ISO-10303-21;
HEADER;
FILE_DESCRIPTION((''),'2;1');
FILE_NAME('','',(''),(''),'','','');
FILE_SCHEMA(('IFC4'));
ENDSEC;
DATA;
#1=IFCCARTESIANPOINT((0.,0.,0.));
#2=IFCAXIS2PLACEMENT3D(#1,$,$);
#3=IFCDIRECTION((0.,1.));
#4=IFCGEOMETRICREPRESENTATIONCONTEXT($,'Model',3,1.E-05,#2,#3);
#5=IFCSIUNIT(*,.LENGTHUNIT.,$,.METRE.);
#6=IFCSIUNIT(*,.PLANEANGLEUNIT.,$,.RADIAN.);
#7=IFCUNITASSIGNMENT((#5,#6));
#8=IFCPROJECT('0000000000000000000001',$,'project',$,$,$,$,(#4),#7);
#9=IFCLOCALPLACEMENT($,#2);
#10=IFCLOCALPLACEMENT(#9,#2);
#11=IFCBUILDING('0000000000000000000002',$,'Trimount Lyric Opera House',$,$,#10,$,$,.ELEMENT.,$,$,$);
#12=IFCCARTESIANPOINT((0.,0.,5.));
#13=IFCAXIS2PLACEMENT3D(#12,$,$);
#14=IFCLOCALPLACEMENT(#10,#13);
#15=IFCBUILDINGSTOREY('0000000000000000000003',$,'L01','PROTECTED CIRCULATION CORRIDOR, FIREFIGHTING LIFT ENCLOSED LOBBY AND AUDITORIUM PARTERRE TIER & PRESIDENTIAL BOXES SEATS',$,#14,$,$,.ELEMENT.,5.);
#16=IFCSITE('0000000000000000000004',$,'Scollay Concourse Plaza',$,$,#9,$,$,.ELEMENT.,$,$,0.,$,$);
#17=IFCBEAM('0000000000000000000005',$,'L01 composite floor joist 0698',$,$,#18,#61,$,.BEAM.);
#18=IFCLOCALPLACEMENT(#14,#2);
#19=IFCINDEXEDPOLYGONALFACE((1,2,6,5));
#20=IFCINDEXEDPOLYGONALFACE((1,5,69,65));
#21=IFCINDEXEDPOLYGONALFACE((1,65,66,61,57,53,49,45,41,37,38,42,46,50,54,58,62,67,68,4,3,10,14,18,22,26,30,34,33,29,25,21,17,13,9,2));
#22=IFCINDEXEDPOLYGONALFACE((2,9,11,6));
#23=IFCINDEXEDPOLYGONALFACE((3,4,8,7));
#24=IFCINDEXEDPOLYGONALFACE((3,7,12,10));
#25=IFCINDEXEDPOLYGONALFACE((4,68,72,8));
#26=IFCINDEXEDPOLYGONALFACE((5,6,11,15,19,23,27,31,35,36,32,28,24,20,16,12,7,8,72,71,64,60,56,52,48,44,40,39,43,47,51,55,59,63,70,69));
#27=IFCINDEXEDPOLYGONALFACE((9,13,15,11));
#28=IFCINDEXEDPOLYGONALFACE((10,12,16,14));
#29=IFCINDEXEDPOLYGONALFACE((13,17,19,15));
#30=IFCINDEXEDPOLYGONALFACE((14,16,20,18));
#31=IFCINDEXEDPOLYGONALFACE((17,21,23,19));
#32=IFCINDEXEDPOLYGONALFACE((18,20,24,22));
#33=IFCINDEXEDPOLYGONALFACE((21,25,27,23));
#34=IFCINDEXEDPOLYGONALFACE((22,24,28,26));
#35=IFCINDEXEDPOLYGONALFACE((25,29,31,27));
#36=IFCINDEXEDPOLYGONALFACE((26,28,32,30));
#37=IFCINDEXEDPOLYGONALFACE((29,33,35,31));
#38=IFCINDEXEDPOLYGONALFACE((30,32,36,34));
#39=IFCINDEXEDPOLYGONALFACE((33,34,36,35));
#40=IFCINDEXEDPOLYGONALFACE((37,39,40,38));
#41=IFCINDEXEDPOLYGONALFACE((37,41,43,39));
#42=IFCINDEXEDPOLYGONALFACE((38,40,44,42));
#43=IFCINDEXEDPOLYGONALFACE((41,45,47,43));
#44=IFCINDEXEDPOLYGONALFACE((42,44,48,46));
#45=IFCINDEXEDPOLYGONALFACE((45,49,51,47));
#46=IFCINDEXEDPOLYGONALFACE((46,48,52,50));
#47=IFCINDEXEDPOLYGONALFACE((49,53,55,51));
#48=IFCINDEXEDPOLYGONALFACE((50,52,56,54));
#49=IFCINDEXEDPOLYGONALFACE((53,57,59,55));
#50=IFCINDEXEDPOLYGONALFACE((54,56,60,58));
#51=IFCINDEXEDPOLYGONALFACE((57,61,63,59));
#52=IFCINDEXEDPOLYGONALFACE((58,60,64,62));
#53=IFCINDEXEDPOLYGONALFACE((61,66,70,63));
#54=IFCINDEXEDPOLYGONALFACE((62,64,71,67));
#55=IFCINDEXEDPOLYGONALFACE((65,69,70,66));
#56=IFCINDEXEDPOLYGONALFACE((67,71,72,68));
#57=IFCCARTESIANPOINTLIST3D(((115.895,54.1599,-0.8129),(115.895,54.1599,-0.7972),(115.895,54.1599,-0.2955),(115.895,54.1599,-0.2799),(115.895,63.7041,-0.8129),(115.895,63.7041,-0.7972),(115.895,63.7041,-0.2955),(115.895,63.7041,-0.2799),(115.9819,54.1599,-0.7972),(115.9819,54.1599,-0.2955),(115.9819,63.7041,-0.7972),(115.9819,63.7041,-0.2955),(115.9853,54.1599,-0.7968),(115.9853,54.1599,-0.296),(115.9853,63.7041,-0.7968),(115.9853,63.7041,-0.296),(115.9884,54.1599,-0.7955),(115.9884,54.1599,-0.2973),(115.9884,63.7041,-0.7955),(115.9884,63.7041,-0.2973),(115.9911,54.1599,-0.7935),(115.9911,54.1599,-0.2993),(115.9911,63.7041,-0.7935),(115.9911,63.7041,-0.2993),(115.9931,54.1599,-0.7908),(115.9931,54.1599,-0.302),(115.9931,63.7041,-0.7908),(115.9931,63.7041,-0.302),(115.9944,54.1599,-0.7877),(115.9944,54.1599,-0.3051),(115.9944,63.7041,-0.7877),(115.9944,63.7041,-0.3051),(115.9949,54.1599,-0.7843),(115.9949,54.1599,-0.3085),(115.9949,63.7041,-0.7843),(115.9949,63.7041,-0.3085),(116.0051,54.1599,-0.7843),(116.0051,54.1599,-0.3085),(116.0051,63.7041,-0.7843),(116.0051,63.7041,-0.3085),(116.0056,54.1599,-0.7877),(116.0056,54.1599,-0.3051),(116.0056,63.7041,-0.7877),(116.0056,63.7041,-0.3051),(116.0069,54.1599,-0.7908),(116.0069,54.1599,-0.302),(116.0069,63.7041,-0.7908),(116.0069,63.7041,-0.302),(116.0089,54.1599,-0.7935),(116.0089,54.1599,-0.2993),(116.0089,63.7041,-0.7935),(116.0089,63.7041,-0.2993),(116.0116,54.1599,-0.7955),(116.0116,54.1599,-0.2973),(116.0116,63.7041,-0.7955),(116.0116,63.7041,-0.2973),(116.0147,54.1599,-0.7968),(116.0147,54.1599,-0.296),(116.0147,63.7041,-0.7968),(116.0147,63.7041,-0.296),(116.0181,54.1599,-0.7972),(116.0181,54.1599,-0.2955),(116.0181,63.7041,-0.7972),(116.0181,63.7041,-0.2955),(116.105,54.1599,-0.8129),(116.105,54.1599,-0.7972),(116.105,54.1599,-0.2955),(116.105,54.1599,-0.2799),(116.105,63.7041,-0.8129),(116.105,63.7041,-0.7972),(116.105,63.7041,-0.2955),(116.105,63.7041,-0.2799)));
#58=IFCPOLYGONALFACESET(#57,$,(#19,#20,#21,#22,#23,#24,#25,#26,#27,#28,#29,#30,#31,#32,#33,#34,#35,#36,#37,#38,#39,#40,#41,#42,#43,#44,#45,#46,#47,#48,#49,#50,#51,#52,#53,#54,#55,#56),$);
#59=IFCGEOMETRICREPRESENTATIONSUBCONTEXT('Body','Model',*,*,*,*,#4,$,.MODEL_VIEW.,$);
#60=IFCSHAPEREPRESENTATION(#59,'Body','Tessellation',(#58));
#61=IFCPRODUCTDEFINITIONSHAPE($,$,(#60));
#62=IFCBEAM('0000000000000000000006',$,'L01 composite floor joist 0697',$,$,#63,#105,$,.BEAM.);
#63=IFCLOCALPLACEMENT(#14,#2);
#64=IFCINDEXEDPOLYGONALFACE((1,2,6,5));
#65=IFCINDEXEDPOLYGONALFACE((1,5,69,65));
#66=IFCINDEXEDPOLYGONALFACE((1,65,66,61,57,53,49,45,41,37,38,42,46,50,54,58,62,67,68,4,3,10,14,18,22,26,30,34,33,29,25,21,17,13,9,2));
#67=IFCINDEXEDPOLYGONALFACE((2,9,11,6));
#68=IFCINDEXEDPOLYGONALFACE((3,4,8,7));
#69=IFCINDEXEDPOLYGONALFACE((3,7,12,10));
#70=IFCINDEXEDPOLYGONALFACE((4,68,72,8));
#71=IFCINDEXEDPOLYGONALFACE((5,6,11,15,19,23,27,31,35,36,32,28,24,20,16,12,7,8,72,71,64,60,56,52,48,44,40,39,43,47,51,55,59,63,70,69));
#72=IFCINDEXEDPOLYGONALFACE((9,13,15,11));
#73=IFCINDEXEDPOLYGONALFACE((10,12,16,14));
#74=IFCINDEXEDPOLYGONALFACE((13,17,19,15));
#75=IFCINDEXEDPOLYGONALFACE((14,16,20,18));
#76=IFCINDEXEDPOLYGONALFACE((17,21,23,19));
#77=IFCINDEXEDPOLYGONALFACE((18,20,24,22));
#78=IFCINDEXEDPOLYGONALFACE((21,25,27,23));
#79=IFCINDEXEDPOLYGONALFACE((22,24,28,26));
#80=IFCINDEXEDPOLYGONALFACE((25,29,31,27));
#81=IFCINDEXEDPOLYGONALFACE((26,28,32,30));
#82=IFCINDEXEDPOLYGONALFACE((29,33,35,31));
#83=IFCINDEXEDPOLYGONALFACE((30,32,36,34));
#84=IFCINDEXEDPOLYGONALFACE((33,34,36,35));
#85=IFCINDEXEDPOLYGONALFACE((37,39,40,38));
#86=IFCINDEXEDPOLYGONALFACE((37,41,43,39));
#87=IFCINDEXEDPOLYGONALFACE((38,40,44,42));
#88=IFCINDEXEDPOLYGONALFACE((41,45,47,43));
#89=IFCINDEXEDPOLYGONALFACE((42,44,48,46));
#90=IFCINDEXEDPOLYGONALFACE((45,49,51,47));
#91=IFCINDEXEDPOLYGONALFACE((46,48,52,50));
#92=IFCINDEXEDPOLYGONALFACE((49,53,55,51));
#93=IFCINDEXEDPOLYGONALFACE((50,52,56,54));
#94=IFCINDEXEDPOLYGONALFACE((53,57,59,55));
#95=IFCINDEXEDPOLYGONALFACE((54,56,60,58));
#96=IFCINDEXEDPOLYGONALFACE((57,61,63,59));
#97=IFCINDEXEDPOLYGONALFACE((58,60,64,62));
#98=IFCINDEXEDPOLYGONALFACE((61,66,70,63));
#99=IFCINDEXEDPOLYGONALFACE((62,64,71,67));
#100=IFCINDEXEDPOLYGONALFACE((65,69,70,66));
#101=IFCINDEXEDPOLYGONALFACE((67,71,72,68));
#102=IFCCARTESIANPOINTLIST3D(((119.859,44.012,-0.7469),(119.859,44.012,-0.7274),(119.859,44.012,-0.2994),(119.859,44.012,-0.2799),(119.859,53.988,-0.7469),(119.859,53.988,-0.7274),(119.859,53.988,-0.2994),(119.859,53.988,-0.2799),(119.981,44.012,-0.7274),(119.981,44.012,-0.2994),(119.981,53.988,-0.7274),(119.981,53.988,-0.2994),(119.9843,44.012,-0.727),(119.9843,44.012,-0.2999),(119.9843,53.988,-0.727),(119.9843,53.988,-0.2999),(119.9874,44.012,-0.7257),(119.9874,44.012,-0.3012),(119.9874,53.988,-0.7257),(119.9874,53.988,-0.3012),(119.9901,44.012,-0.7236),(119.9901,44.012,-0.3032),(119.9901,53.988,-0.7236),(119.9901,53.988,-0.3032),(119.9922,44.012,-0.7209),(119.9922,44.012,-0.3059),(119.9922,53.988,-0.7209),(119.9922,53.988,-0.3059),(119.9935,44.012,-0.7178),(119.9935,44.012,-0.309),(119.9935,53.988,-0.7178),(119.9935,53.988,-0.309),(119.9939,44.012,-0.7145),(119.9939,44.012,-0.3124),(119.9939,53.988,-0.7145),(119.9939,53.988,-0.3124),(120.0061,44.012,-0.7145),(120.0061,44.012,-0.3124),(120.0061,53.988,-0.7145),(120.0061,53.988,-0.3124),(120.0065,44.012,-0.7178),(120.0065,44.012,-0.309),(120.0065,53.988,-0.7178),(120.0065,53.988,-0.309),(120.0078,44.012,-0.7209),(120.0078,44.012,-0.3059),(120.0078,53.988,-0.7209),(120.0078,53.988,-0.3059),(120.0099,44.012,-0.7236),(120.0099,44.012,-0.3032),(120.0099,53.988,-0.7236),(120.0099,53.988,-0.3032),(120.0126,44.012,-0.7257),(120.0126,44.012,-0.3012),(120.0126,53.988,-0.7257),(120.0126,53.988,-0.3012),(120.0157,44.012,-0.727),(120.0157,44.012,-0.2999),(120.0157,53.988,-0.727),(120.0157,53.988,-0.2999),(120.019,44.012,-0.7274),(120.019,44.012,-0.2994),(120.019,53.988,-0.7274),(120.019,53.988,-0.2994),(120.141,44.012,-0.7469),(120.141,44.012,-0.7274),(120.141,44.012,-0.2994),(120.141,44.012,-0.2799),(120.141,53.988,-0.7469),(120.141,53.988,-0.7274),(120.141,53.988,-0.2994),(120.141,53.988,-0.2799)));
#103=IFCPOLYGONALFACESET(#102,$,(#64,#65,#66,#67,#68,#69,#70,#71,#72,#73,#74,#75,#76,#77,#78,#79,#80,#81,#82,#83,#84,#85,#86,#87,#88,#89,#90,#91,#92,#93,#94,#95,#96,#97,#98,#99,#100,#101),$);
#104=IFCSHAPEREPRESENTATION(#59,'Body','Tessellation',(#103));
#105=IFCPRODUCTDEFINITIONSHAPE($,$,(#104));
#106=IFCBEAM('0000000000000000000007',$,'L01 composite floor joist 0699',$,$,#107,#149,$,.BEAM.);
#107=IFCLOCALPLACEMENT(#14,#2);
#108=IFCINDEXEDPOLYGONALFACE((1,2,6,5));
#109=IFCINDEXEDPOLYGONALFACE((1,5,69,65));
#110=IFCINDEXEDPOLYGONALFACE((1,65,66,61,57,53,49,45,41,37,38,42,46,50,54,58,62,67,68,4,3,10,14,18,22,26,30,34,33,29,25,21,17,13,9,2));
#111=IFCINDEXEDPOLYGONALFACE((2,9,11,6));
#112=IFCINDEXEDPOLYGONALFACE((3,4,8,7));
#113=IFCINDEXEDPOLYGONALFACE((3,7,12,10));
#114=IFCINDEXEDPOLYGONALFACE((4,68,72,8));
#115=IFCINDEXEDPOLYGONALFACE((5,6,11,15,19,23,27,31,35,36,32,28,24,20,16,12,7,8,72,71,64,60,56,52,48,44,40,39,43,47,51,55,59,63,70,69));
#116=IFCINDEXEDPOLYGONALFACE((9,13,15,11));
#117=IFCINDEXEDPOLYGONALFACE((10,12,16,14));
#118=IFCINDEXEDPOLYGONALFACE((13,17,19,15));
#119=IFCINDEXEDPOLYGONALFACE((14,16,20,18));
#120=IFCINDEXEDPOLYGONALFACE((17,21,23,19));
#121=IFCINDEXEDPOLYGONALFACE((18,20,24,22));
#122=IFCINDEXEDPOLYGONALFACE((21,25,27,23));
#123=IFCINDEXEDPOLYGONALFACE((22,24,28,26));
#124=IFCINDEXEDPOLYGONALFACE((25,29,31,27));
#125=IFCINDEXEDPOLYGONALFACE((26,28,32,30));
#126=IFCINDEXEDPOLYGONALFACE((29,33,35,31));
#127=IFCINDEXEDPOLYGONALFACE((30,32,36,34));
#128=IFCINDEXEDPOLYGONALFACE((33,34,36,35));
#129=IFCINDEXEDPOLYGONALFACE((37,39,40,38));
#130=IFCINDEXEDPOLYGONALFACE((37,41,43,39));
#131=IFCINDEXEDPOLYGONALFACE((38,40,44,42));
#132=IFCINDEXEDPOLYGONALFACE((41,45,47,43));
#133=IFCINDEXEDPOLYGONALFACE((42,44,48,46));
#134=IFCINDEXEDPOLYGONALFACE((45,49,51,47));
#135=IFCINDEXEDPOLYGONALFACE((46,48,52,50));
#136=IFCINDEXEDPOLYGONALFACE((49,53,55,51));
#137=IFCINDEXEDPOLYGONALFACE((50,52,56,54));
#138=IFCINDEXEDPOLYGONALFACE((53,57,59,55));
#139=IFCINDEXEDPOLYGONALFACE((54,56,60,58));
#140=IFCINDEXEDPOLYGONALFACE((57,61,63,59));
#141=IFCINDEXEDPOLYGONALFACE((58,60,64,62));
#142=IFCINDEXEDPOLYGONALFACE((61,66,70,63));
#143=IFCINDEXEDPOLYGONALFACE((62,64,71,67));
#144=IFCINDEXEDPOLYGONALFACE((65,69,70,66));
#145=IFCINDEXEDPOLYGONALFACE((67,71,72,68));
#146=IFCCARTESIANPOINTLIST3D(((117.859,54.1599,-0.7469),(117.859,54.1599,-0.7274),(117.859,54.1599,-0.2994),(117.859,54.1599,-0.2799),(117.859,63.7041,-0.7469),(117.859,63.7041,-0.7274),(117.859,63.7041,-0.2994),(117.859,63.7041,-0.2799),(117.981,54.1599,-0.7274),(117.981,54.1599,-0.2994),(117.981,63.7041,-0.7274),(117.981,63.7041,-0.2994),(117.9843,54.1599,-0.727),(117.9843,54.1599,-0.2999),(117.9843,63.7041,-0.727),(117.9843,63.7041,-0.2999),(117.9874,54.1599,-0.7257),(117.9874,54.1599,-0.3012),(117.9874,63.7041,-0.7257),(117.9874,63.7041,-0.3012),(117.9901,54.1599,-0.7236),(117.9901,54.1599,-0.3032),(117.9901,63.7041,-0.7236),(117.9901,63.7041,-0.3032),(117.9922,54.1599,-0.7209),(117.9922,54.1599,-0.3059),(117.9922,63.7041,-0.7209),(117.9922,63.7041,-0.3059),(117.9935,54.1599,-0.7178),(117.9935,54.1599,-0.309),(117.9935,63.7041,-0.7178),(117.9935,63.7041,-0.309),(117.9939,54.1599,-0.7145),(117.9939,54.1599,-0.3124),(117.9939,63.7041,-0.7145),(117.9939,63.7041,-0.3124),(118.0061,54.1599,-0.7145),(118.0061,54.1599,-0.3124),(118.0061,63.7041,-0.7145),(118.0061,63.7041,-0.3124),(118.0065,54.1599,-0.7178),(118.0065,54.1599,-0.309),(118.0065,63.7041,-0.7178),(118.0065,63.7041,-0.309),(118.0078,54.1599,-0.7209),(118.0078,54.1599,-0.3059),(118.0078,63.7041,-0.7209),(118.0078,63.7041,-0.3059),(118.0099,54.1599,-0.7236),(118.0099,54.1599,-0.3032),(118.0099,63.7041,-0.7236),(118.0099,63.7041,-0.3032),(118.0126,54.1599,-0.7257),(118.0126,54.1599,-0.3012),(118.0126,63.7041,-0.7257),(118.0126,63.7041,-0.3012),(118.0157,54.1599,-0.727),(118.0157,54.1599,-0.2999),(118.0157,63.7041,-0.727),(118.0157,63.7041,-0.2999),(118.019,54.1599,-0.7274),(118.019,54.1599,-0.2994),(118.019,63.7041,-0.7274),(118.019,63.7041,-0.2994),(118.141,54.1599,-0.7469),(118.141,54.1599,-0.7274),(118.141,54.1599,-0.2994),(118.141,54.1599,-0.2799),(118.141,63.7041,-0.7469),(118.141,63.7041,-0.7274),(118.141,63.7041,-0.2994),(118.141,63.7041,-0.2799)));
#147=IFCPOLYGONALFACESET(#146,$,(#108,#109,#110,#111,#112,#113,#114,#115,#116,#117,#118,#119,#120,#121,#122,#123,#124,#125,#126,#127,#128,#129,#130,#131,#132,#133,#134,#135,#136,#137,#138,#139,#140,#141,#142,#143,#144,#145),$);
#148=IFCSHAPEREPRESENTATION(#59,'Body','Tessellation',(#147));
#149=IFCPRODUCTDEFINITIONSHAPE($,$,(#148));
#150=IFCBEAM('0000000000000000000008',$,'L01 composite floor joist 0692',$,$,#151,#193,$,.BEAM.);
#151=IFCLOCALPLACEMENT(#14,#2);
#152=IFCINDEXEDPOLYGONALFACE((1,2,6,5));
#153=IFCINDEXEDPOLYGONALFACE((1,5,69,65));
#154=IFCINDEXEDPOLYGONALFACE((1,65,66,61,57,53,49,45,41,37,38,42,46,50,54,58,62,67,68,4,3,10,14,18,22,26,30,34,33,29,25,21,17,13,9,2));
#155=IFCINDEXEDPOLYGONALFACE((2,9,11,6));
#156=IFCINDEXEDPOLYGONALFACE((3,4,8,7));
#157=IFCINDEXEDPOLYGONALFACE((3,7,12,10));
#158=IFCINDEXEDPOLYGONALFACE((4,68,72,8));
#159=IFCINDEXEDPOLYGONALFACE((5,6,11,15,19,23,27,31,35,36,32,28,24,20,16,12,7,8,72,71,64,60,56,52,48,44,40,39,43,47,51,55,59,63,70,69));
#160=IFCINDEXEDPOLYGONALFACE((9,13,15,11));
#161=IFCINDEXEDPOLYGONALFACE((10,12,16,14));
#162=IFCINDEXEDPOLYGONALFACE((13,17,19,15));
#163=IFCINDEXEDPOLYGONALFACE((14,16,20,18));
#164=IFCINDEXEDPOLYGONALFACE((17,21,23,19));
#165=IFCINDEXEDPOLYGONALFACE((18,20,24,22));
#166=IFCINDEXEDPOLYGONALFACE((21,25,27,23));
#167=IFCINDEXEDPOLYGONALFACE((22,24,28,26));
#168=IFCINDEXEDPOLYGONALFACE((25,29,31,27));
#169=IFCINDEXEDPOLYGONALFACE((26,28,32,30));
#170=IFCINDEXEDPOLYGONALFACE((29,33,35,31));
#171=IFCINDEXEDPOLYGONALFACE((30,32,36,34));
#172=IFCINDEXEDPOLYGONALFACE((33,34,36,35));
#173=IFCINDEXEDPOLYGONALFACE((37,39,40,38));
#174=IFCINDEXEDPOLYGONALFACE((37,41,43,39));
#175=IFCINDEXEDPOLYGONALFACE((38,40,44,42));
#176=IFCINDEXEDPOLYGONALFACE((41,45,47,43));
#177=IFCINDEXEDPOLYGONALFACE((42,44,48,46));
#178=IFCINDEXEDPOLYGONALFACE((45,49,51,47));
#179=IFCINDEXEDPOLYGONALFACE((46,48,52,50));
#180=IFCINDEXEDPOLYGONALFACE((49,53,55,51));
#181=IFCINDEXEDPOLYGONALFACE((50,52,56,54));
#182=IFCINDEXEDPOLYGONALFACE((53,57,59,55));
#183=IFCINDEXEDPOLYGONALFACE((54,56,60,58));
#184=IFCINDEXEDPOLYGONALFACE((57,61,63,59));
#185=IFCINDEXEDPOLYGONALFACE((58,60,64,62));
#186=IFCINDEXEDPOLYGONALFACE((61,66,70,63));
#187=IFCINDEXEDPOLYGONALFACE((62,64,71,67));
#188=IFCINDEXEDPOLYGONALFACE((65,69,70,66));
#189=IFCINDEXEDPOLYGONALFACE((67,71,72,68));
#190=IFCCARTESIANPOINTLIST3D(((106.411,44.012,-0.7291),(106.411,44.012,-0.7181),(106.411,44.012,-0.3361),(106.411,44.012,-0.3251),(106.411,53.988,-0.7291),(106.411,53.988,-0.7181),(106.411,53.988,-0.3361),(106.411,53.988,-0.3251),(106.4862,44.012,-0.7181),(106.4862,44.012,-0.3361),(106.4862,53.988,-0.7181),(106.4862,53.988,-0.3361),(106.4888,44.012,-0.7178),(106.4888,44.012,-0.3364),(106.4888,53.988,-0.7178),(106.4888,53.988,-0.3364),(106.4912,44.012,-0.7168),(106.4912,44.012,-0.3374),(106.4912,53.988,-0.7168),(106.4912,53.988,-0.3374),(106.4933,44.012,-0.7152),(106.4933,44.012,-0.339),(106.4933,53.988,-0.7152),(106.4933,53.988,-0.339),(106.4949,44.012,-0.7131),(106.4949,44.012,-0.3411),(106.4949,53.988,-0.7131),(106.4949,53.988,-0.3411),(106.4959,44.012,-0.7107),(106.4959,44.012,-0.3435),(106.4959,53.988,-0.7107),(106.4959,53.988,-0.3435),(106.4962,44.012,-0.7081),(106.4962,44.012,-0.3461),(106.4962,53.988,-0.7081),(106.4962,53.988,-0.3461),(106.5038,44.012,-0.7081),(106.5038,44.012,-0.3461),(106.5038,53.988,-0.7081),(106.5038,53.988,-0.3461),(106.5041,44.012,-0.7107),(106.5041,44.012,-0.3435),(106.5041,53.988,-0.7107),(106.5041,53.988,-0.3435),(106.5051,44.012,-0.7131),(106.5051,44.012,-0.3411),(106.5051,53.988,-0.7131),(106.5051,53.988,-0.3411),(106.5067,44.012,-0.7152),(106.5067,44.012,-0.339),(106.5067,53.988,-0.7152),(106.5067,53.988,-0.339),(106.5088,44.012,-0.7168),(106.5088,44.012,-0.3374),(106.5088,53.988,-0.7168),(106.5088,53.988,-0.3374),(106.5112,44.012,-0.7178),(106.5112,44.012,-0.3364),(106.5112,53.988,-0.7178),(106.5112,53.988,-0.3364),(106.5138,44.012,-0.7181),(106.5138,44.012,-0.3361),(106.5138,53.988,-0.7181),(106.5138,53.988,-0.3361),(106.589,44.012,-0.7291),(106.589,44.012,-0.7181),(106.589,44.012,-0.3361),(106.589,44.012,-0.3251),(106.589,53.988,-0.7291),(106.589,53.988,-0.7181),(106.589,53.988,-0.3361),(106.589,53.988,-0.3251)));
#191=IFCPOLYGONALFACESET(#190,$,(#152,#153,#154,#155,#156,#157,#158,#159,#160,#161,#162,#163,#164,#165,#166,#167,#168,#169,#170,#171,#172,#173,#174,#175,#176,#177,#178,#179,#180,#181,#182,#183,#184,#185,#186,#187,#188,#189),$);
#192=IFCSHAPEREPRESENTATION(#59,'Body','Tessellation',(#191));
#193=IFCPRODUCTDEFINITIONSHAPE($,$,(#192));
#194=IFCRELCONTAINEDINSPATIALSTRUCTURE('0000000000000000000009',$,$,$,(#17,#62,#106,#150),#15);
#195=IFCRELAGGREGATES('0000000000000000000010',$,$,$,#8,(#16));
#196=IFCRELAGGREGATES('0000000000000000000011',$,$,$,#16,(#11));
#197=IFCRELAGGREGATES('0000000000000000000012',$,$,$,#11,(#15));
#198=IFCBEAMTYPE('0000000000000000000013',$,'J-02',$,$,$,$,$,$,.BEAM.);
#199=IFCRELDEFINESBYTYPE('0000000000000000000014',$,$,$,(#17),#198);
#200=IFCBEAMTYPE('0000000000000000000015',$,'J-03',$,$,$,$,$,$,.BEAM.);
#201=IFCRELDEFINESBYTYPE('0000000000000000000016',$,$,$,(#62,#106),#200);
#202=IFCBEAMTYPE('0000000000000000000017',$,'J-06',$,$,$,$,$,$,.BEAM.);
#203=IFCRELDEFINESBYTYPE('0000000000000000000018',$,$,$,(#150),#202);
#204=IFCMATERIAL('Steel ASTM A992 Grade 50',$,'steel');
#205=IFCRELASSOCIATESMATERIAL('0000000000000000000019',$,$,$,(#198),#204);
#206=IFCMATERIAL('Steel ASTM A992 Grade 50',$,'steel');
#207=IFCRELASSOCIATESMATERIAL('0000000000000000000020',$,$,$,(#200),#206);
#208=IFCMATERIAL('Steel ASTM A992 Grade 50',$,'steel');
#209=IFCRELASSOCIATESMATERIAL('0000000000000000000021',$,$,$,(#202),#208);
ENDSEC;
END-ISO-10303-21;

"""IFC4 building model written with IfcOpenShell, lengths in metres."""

from ifc_helpers import new_model, si_unit, direction, frame, origin, origin_2d, place, context, subcontext, project, spatial, i_section, extrude, material, material_profile, profile_set, type_object, element, save


model = new_model("IFC4")

# Units and contexts
model_context = context("Model", 3, precision=1e-05, world=origin(), true_north=direction((0.0, 1.0)))
body_context = subcontext(model_context, "Body", "Model", "MODEL_VIEW")
ifc_project = project(units=[si_unit("LENGTHUNIT", "METRE"), si_unit("PLANEANGLEUNIT", "RADIAN")], contexts=[model_context])

# Site, building, storey
site_placement = place(None, origin())
site = spatial("IfcSite", under=ifc_project, at=site_placement, Name="Scollay Concourse Plaza", CompositionType="ELEMENT", RefElevation=0.0)
building_placement = place(site_placement, origin())
building = spatial("IfcBuilding", under=site, at=building_placement, Name="Trimount Lyric Opera House", CompositionType="ELEMENT")
storey_placement = place(building_placement, frame((0.0, 0.0, 5.0)))
storey = spatial("IfcBuildingStorey", under=building, at=storey_placement, Name="L01", Description="PROTECTED CIRCULATION CORRIDOR, FIREFIGHTING LIFT ENCLOSED LOBBY AND AUDITORIUM PARTERRE TIER & PRESIDENTIAL BOXES SEATS", CompositionType="ELEMENT", Elevation=5.0)

# Beams
ifc_material_1 = material(Name="Steel ASTM A992 Grade 50", Category="steel")
ifc_material_profile_1 = material_profile(ifc_material_1, i_section(OverallWidth=0.21, OverallDepth=0.533, WebThickness=0.0103, FlangeThickness=0.0156, FilletRadius=0.0129, at=origin_2d()), Name="W21X62")
ifc_profile_set_1 = profile_set([ifc_material_profile_1], Name="Steel ASTM A992 Grade 50")
beam_type_1 = type_object("IfcBeamType", Name="J-02", PredefinedType="BEAM", material=ifc_profile_set_1)
beam_1_placement = place(storey_placement, frame((116.0, 54.1599, -0.5464), z_axis=(0.0, 1.0, 0.0), x_axis=(-1.0, 0.0, 0.0)))
element("IfcBeam", 1, at=beam_1_placement, inside=storey, type_object=beam_type_1, Name="L01 composite floor joist 0698", PredefinedType="BEAM", context=body_context, shape_type="SweptSolid", body=[
    extrude(i_section(OverallWidth=0.21, OverallDepth=0.533, WebThickness=0.0103, FlangeThickness=0.0156, FilletRadius=0.0129, at=origin_2d()), origin(), (0.0, 0.0, 1.0), 9.5442),
])
ifc_material_2 = material(Name="Steel ASTM A992 Grade 50", Category="steel")
ifc_material_profile_2 = material_profile(ifc_material_2, i_section(OverallWidth=0.282, OverallDepth=0.467, WebThickness=0.0122, FlangeThickness=0.0195, FilletRadius=0.0129, at=origin_2d()), Name="W18X86")
ifc_profile_set_2 = profile_set([ifc_material_profile_2], Name="Steel ASTM A992 Grade 50")
beam_type_2 = type_object("IfcBeamType", Name="J-03", PredefinedType="BEAM", material=ifc_profile_set_2)
beam_2_placement = place(storey_placement, frame((120.0, 44.012, -0.5134), z_axis=(0.0, 1.0, 0.0), x_axis=(-1.0, 0.0, 0.0)))
element("IfcBeam", 2, at=beam_2_placement, inside=storey, type_object=beam_type_2, Name="L01 composite floor joist 0697", PredefinedType="BEAM", context=body_context, shape_type="SweptSolid", body=[
    extrude(i_section(OverallWidth=0.282, OverallDepth=0.467, WebThickness=0.0122, FlangeThickness=0.0195, FilletRadius=0.0129, at=origin_2d()), origin(), (0.0, 0.0, 1.0), 9.9761),
])
beam_3_placement = place(storey_placement, frame((118.0, 54.1599, -0.5134), z_axis=(0.0, 1.0, 0.0), x_axis=(-1.0, 0.0, 0.0)))
element("IfcBeam", 3, at=beam_3_placement, inside=storey, type_object=beam_type_2, Name="L01 composite floor joist 0699", PredefinedType="BEAM", context=body_context, shape_type="SweptSolid", body=[
    extrude(i_section(OverallWidth=0.282, OverallDepth=0.467, WebThickness=0.0122, FlangeThickness=0.0195, FilletRadius=0.0129, at=origin_2d()), origin(), (0.0, 0.0, 1.0), 9.5442),
])
ifc_material_3 = material(Name="Steel ASTM A992 Grade 50", Category="steel")
ifc_material_profile_3 = material_profile(ifc_material_3, i_section(OverallWidth=0.178, OverallDepth=0.4041, WebThickness=0.0076, FlangeThickness=0.011, FilletRadius=0.01, at=origin_2d()), Name="W16X36")
ifc_profile_set_3 = profile_set([ifc_material_profile_3], Name="Steel ASTM A992 Grade 50")
beam_type_3 = type_object("IfcBeamType", Name="J-06", PredefinedType="BEAM", material=ifc_profile_set_3)
beam_4_placement = place(storey_placement, frame((106.5, 44.012, -0.5271), z_axis=(0.0, 1.0, 0.0), x_axis=(-1.0, 0.0, 0.0)))
element("IfcBeam", 4, at=beam_4_placement, inside=storey, type_object=beam_type_3, Name="L01 composite floor joist 0692", PredefinedType="BEAM", context=body_context, shape_type="SweptSolid", body=[
    extrude(i_section(OverallWidth=0.178, OverallDepth=0.4041, WebThickness=0.0076, FlangeThickness=0.011, FilletRadius=0.01, at=origin_2d()), origin(), (0.0, 0.0, 1.0), 9.9761),
])

save(model, "model.ifc")
